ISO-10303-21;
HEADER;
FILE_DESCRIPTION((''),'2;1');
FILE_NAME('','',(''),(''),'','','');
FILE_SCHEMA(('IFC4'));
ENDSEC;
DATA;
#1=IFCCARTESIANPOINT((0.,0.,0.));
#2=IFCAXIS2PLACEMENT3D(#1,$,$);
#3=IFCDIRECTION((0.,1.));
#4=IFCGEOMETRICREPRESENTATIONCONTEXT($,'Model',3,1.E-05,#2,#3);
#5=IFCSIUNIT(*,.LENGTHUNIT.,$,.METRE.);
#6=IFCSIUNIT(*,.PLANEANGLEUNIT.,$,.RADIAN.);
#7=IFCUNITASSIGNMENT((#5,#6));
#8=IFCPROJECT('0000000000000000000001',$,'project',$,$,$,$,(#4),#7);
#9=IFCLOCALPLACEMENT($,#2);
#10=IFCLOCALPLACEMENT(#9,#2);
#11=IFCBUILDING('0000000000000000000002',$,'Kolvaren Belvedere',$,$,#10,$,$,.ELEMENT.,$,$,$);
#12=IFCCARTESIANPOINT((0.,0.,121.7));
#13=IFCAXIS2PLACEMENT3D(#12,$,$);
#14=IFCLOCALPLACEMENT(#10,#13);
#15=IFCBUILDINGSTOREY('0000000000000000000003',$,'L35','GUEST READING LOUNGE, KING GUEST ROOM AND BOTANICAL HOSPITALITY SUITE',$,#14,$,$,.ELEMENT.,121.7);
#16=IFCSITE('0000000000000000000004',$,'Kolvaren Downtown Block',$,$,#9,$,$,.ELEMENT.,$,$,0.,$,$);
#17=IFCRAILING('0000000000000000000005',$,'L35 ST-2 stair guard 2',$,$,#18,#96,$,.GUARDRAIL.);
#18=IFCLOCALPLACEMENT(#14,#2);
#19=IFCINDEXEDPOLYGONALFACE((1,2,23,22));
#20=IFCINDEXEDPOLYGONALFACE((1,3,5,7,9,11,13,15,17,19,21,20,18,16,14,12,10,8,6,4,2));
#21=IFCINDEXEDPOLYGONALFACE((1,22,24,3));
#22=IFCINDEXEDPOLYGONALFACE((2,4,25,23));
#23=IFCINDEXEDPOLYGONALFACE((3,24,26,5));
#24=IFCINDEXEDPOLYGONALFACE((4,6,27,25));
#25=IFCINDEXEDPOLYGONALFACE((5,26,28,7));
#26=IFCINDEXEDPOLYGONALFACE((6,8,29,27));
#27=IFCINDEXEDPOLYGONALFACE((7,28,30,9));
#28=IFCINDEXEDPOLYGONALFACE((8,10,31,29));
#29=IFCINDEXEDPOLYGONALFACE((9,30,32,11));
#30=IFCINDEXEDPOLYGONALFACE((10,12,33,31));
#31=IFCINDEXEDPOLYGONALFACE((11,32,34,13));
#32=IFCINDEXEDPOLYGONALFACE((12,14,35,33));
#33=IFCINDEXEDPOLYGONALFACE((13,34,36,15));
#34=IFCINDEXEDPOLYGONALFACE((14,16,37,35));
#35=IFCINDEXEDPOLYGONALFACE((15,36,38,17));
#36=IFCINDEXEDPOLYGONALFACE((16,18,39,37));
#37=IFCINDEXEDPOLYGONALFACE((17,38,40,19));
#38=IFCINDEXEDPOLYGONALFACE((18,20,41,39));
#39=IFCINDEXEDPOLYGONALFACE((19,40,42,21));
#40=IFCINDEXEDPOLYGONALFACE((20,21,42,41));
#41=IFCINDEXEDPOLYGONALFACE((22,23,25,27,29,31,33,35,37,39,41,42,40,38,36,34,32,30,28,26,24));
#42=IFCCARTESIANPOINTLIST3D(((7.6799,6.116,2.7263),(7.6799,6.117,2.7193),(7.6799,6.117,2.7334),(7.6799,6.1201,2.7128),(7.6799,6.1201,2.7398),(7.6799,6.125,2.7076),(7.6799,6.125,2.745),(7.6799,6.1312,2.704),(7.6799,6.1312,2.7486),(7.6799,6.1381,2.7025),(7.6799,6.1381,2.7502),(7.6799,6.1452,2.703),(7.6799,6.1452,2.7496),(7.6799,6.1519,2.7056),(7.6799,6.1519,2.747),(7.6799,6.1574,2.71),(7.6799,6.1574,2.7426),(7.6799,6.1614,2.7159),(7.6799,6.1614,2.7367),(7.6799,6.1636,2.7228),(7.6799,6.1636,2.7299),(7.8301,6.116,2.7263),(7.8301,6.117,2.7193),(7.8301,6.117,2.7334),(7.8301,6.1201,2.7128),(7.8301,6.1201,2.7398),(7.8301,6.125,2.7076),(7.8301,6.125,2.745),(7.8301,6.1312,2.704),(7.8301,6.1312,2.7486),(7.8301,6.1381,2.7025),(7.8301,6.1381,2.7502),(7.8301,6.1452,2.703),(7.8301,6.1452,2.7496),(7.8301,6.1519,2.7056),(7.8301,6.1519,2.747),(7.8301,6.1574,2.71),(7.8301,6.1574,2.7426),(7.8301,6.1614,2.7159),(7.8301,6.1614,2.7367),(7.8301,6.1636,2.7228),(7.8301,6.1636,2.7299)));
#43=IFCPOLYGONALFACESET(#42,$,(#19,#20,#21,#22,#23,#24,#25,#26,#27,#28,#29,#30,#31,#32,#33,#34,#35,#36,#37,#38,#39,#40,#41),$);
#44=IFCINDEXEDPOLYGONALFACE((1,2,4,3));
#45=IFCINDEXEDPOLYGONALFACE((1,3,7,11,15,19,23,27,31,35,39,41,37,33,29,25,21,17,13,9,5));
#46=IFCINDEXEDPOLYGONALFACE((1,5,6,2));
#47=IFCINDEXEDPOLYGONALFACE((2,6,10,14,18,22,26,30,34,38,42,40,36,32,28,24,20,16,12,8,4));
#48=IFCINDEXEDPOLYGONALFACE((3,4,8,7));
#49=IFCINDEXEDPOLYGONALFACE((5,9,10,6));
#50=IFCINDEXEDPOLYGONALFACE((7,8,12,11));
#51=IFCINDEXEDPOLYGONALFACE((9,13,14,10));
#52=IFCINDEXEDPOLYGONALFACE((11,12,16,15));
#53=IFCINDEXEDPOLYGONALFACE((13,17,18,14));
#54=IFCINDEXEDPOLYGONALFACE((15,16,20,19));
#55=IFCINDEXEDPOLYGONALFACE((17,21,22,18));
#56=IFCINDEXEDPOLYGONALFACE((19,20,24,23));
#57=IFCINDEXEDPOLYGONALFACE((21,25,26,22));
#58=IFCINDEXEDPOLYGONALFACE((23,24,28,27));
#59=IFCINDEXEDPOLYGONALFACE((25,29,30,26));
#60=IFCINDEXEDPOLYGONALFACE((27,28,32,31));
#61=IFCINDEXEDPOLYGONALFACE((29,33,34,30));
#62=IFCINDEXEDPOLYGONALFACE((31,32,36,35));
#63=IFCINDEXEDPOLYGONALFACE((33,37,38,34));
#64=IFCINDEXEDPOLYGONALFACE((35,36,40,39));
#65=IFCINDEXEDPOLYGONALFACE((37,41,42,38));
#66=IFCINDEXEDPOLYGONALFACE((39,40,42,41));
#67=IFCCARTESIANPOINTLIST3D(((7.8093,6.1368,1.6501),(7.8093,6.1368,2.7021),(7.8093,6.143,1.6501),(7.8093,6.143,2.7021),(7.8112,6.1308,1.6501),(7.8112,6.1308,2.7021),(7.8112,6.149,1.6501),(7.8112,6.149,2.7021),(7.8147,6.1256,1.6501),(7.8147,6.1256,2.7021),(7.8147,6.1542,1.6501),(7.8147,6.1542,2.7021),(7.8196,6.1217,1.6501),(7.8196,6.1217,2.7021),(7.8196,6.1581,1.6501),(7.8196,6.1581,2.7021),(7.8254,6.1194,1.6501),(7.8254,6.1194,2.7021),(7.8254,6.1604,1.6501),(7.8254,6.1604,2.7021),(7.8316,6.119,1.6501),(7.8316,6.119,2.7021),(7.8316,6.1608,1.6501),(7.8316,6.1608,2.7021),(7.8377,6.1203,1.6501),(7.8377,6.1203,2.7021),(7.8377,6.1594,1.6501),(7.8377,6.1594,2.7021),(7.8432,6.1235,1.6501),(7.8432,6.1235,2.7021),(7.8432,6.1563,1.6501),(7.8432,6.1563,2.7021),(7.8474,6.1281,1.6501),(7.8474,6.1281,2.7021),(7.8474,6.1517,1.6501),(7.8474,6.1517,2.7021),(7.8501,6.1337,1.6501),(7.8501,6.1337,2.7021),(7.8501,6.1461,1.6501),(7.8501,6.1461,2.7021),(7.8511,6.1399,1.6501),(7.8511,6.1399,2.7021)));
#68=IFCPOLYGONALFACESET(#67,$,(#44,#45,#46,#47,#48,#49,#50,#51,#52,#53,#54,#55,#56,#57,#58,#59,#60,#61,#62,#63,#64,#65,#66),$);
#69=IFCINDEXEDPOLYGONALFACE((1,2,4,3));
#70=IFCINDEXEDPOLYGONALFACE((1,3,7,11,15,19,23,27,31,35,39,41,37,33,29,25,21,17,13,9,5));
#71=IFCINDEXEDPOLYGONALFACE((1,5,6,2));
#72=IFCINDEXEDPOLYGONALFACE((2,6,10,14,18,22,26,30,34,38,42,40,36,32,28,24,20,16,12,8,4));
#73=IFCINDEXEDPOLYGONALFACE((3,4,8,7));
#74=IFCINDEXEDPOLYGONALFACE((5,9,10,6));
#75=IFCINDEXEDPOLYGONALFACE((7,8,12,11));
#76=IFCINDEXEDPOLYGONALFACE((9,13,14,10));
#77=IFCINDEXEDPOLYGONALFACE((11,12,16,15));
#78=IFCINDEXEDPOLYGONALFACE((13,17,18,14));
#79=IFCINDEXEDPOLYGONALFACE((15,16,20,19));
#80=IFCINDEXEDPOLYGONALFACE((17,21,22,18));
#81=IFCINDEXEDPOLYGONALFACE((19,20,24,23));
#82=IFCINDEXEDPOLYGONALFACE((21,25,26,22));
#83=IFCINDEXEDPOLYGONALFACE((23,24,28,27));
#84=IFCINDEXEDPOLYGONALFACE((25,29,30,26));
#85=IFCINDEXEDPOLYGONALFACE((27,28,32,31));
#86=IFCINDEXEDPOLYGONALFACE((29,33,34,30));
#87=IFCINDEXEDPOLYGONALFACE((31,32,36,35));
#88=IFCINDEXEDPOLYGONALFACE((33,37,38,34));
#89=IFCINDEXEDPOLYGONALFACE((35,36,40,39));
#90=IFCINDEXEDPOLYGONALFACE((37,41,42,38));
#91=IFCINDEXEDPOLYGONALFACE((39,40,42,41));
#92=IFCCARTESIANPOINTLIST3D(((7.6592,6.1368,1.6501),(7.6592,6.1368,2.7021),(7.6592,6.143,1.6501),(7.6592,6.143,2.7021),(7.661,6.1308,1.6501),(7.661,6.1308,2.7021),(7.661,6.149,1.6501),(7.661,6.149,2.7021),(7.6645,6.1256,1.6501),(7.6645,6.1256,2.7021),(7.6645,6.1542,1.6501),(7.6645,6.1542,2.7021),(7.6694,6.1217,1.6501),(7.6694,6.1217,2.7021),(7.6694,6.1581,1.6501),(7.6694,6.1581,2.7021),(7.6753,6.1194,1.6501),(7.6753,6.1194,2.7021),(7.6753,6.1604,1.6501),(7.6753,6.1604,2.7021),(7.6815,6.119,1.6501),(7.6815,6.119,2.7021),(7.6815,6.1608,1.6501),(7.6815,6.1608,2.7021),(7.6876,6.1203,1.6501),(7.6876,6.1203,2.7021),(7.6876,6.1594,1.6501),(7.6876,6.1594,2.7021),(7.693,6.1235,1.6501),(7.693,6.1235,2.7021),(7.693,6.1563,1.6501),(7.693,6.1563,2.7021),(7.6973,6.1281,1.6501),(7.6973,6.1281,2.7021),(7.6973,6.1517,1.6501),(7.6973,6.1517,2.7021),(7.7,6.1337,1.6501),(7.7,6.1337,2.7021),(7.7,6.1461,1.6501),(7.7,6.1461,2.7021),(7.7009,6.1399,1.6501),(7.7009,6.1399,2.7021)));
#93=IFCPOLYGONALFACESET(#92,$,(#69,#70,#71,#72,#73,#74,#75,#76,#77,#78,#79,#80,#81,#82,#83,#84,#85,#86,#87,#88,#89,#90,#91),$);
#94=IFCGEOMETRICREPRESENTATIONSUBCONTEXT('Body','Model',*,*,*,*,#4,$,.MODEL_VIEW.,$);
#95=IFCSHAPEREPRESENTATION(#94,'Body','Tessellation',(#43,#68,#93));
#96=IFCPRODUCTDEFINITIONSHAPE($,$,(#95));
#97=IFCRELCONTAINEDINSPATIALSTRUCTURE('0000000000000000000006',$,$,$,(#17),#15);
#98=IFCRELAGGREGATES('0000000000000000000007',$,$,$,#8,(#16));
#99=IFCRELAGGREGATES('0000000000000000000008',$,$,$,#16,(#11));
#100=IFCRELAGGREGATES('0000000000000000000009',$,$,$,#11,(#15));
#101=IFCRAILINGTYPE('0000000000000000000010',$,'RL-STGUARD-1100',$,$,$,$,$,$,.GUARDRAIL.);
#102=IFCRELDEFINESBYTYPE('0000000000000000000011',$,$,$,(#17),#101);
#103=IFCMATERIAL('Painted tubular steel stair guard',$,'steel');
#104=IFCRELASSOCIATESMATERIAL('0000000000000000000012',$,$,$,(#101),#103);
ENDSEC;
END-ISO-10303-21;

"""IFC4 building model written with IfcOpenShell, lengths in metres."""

from ifc_helpers import new_model, si_unit, direction, frame, origin, origin_2d, place, context, subcontext, project, spatial, circle, extrude, material, type_object, element, save


model = new_model("IFC4")

# Units and contexts
model_context = context("Model", 3, precision=1e-05, world=origin(), true_north=direction((0.0, 1.0)))
body_context = subcontext(model_context, "Body", "Model", "MODEL_VIEW")
ifc_project = project(units=[si_unit("LENGTHUNIT", "METRE"), si_unit("PLANEANGLEUNIT", "RADIAN")], contexts=[model_context])

# Site, building, storey
site_placement = place(None, origin())
site = spatial("IfcSite", under=ifc_project, at=site_placement, Name="Kolvaren Downtown Block", CompositionType="ELEMENT", RefElevation=0.0)
building_placement = place(site_placement, origin())
building = spatial("IfcBuilding", under=site, at=building_placement, Name="Kolvaren Belvedere", CompositionType="ELEMENT")
storey_placement = place(building_placement, frame((0.0, 0.0, 121.7)))
storey = spatial("IfcBuildingStorey", under=building, at=storey_placement, Name="L35", Description="GUEST READING LOUNGE, KING GUEST ROOM AND BOTANICAL HOSPITALITY SUITE", CompositionType="ELEMENT", Elevation=121.7)

# Railing
ifc_material_1 = material(Name="Painted tubular steel stair guard", Category="steel")
railing_type_1 = type_object("IfcRailingType", Name="RL-STGUARD-1100", PredefinedType="GUARDRAIL", material=ifc_material_1)
railing_1_placement = place(storey_placement, frame((7.8301, 6.1399, 1.6501)))
element("IfcRailing", 1, at=railing_1_placement, inside=storey, type_object=railing_type_1, Name="L35 ST-2 stair guard 2", PredefinedType="GUARDRAIL", context=body_context, shape_type="SweptSolid", body=[
    extrude(circle(Radius=0.0239, at=origin_2d()), frame((0.0, 0.0, 1.0762), z_axis=(-1.0, 0.0, 0.0), x_axis=(0.0, -1.0, 0.0)), (0.0, 0.0, 1.0), 0.1501),
    extrude(circle(Radius=0.021, at=origin_2d()), origin(), (0.0, 0.0, 1.0), 1.052),
    extrude(circle(Radius=0.021, at=origin_2d()), frame((-0.1501, 0.0, 0.0)), (0.0, 0.0, 1.0), 1.052),
])

save(model, "model.ifc")
